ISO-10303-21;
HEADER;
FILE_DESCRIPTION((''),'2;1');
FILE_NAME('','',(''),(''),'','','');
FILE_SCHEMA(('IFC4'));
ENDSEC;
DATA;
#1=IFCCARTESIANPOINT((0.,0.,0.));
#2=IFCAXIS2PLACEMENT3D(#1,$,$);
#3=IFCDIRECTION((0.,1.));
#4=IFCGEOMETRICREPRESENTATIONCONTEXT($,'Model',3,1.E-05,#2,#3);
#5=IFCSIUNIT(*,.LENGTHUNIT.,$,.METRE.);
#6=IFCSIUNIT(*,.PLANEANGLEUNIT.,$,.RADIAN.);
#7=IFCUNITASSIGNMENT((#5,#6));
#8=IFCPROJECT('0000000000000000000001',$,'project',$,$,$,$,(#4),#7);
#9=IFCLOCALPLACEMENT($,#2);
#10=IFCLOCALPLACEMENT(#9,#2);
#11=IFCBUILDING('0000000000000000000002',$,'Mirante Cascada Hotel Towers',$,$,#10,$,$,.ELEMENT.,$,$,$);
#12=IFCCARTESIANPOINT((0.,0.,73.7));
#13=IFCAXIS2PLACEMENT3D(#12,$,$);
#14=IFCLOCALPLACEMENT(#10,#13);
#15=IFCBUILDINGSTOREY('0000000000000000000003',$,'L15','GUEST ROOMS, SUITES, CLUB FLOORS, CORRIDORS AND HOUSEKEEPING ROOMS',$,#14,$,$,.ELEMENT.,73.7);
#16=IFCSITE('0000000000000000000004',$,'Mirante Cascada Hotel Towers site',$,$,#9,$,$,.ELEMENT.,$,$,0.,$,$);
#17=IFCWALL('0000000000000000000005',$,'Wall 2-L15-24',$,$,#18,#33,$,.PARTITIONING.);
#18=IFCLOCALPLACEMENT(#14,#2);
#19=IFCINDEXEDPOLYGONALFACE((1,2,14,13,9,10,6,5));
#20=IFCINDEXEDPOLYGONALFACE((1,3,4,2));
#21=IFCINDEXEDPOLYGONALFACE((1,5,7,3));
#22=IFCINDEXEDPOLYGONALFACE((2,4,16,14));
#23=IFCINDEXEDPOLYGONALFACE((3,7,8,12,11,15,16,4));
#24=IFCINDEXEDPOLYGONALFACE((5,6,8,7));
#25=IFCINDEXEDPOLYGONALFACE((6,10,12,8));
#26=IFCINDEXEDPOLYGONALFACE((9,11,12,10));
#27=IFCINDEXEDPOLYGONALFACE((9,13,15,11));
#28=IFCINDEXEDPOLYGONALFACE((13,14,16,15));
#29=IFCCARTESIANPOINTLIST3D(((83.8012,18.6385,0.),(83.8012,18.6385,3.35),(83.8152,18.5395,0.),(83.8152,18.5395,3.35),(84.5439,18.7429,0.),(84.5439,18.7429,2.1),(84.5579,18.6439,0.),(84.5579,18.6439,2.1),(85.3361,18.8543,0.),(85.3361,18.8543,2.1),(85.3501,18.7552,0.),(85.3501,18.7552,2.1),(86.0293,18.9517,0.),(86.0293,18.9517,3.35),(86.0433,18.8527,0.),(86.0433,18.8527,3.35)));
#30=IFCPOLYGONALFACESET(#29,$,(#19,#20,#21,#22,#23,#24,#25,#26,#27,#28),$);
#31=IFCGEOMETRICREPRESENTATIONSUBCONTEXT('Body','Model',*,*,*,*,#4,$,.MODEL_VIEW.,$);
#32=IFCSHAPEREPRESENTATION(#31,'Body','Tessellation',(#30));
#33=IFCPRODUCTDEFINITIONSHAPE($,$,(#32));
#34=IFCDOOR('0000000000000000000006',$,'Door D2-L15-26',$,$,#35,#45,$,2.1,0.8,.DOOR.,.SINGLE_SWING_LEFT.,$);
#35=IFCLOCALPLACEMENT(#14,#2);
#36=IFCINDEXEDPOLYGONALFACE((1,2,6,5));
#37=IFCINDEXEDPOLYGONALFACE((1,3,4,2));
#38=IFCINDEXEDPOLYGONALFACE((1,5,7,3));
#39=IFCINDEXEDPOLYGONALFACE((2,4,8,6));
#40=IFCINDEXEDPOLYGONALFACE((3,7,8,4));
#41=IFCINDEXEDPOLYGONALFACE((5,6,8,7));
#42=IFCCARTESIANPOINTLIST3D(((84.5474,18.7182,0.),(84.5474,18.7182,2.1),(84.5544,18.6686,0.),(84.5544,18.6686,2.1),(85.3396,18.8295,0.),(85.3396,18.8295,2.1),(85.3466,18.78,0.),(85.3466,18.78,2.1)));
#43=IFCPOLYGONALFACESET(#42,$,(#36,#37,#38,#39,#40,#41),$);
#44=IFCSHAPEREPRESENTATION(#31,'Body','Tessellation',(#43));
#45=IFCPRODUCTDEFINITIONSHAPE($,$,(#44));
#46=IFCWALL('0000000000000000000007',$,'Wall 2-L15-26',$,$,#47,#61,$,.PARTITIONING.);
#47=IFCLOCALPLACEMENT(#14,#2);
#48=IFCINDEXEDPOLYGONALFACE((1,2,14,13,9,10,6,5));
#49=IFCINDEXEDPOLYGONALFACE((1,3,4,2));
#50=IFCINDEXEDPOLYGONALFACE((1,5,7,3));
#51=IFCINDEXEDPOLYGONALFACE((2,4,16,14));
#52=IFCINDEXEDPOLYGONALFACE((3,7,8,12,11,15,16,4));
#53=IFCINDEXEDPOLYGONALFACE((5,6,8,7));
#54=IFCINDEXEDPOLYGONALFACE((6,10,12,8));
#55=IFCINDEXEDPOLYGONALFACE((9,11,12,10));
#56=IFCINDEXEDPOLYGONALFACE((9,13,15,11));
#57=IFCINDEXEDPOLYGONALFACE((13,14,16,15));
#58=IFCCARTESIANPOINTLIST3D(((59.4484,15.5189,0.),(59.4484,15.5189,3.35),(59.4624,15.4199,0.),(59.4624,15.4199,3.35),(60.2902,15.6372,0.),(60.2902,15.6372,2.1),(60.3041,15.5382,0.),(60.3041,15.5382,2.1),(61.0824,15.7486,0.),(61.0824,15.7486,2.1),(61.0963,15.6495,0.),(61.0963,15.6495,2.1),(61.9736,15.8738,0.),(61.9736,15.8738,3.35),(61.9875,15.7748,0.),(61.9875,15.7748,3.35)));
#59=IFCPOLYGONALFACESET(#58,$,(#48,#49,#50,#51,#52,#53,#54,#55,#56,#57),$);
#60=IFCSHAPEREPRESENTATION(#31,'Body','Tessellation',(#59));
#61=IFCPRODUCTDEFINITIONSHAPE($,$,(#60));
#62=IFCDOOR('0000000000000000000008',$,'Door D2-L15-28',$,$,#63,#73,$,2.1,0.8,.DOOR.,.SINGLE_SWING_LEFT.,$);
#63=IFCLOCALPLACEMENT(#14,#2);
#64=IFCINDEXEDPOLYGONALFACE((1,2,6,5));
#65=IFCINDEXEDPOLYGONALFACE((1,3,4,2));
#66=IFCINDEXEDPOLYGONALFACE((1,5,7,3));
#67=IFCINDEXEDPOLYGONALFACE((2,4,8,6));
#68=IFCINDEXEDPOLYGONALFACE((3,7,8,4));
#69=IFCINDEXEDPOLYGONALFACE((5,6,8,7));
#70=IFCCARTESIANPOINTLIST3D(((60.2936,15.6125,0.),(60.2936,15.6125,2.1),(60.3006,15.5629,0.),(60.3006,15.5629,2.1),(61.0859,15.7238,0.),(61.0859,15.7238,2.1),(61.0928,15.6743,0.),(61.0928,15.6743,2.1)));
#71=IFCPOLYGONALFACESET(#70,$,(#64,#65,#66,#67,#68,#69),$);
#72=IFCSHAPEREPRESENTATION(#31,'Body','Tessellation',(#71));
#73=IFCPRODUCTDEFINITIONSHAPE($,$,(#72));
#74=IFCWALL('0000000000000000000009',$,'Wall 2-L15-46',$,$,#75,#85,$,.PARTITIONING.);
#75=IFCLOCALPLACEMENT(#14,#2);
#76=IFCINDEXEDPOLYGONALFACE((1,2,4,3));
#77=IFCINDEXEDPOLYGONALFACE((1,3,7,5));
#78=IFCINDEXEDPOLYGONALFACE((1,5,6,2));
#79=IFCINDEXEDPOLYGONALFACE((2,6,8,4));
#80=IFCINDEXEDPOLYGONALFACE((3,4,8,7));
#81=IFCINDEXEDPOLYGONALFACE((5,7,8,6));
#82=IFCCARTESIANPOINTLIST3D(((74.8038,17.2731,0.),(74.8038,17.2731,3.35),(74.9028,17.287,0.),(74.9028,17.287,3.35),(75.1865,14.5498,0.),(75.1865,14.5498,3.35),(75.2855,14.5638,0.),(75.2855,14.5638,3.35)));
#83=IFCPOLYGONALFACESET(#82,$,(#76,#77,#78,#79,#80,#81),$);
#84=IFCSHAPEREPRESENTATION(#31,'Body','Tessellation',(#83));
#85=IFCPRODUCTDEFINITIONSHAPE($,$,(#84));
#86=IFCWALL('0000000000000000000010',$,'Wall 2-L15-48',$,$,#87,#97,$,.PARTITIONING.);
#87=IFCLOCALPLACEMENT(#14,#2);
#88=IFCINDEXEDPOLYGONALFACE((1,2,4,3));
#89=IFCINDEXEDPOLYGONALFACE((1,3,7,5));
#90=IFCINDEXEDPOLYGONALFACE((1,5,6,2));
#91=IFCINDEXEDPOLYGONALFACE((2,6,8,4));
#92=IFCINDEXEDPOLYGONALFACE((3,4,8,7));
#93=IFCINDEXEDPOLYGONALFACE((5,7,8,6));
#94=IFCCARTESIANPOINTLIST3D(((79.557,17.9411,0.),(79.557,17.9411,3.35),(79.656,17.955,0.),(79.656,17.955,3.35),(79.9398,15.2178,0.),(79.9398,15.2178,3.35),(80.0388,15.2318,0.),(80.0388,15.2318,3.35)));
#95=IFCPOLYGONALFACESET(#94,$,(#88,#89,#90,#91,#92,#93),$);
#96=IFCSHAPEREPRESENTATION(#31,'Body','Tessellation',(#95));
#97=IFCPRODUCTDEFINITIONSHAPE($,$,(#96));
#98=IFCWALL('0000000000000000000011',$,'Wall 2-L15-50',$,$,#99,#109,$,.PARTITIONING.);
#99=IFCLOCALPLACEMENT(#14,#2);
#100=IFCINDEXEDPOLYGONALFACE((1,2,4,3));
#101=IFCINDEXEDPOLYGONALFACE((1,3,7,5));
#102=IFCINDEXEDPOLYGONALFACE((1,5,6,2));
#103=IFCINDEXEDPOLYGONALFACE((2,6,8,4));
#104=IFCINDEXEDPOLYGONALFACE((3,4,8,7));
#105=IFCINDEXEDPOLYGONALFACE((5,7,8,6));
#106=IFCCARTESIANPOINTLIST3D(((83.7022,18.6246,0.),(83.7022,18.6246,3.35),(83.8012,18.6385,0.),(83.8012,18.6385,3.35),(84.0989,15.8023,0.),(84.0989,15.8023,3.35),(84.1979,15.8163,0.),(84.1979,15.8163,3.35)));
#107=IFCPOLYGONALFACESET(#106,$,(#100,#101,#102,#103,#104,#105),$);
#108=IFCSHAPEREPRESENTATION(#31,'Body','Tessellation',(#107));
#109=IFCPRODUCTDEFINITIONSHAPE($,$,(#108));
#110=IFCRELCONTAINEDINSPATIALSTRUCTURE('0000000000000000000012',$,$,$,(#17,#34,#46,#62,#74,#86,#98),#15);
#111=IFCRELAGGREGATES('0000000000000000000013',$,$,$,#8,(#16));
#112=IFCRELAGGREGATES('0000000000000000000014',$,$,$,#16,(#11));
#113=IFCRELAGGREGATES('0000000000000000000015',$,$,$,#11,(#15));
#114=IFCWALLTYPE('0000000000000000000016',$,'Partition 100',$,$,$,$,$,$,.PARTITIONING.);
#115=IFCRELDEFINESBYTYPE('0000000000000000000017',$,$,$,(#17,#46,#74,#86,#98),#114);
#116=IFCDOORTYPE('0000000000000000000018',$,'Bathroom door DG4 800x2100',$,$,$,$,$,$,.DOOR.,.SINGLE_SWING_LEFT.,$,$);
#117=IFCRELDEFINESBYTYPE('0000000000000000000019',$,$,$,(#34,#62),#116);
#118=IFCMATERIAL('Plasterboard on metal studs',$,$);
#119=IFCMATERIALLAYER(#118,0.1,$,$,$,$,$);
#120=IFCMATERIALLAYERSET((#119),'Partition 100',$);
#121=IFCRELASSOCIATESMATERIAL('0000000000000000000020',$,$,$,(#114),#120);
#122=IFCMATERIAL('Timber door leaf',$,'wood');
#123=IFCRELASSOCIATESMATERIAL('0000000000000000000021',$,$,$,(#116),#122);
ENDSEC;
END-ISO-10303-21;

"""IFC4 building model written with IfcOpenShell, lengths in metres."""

from ifc_helpers import new_model, si_unit, direction, frame, frame_2d, origin, place, context, subcontext, project, spatial, rectangle, extrude, material, layer, layer_set, type_object, element, fill, save


model = new_model("IFC4")

# Units and contexts
model_context = context("Model", 3, precision=1e-05, world=origin(), true_north=direction((0.0, 1.0)))
body_context = subcontext(model_context, "Body", "Model", "MODEL_VIEW")
ifc_project = project(units=[si_unit("LENGTHUNIT", "METRE"), si_unit("PLANEANGLEUNIT", "RADIAN")], contexts=[model_context])

# Site, building, storey
site_placement = place(None, origin())
site = spatial("IfcSite", under=ifc_project, at=site_placement, Name="Mirante Cascada Hotel Towers site", CompositionType="ELEMENT", RefElevation=0.0)
building_placement = place(site_placement, origin())
building = spatial("IfcBuilding", under=site, at=building_placement, Name="Mirante Cascada Hotel Towers", CompositionType="ELEMENT")
storey_placement = place(building_placement, frame((0.0, 0.0, 73.7)))
storey = spatial("IfcBuildingStorey", under=building, at=storey_placement, Name="L15", Description="GUEST ROOMS, SUITES, CLUB FLOORS, CORRIDORS AND HOUSEKEEPING ROOMS", CompositionType="ELEMENT", Elevation=73.7)

# Shared definitions
ifc_material_1 = material(Name="Plasterboard on metal studs")
ifc_layer_1 = layer(ifc_material_1, 0.1)
ifc_layer_set_1 = layer_set([ifc_layer_1], Name="Partition 100")
wall_type_1 = type_object("IfcWallType", Name="Partition 100", PredefinedType="PARTITIONING", material=ifc_layer_set_1)
ifc_material_2 = material(Name="Timber door leaf", Category="wood")
door_type = type_object("IfcDoorType", Name="Bathroom door DG4 800x2100", OperationType="SINGLE_SWING_LEFT", PredefinedType="DOOR", material=ifc_material_2)

# Walls, openings, doors
wall_1_placement = place(storey_placement, frame((83.8082, 18.589, 0.0), z_axis=(0.0, 0.0, 1.0), x_axis=(0.990264, 0.1392, 0.0)))
wall_1 = element("IfcWall", 1, at=wall_1_placement, inside=storey, type_object=wall_type_1, Name="Wall 2-L15-24", PredefinedType="PARTITIONING", context=body_context, shape_type="SweptSolid", body=[
    extrude(rectangle(XDim=2.25, YDim=0.1, at=frame_2d((1.125, 0.0))), origin(), (0.0, 0.0, 1.0), 3.35),
])
opening_1_placement = place(wall_1_placement, frame((0.75, 0.0, 0.0)))
opening_1 = element("IfcOpeningElement", 2, at=opening_1_placement, cuts=wall_1, PredefinedType="OPENING", context=body_context, shape_type="SweptSolid", body=[
    extrude(rectangle(XDim=0.8, YDim=2.1, at=frame_2d((0.4, 1.05))), frame((0.0, 0.05, 0.0), z_axis=(0.0, -1.0, 0.0), x_axis=(1.0, 0.0, 0.0)), (0.0, 0.0, 1.0), 0.1),
])
door_1_placement = place(opening_1_placement, origin())
door_1 = element("IfcDoor", 3, at=door_1_placement, inside=storey, type_object=door_type, Name="Door D2-L15-26", OperationType="SINGLE_SWING_LEFT", OverallHeight=2.1, OverallWidth=0.8, PredefinedType="DOOR", context=body_context, shape_type="SweptSolid", body=[
    extrude(rectangle(XDim=0.8, YDim=2.1, at=frame_2d((0.4, 1.05))), frame((0.0, 0.025, 0.0), z_axis=(0.0, -1.0, 0.0), x_axis=(1.0, 0.0, 0.0)), (0.0, 0.0, 1.0), 0.05),
])
fill(opening_1, door_1)
wall_2_placement = place(storey_placement, frame((59.4554, 15.4694, 0.0), z_axis=(0.0, 0.0, 1.0), x_axis=(0.990268, 0.139176, 0.0)))
wall_2 = element("IfcWall", 4, at=wall_2_placement, inside=storey, type_object=wall_type_1, Name="Wall 2-L15-26", PredefinedType="PARTITIONING", context=body_context, shape_type="SweptSolid", body=[
    extrude(rectangle(XDim=2.55, YDim=0.1, at=frame_2d((1.275, 0.0))), origin(), (0.0, 0.0, 1.0), 3.35),
])
opening_2_placement = place(wall_2_placement, frame((0.85, 0.0, 0.0)))
opening_2 = element("IfcOpeningElement", 5, at=opening_2_placement, cuts=wall_2, PredefinedType="OPENING", context=body_context, shape_type="SweptSolid", body=[
    extrude(rectangle(XDim=0.8, YDim=2.1, at=frame_2d((0.4, 1.05))), frame((0.0, 0.05, 0.0), z_axis=(0.0, -1.0, 0.0), x_axis=(1.0, 0.0, 0.0)), (0.0, 0.0, 1.0), 0.1),
])
door_2_placement = place(opening_2_placement, origin())
door_2 = element("IfcDoor", 6, at=door_2_placement, inside=storey, type_object=door_type, Name="Door D2-L15-28", OperationType="SINGLE_SWING_LEFT", OverallHeight=2.1, OverallWidth=0.8, PredefinedType="DOOR", context=body_context, shape_type="SweptSolid", body=[
    extrude(rectangle(XDim=0.8, YDim=2.1, at=frame_2d((0.4, 1.05))), frame((0.0, 0.025, 0.0), z_axis=(0.0, -1.0, 0.0), x_axis=(1.0, 0.0, 0.0)), (0.0, 0.0, 1.0), 0.05),
])
fill(opening_2, door_2)

# Walls
for number, where, z_axis, x_axis, name in (
    (7, (75.236, 14.5568, 0.0), (0.0, 0.0, 1.0), (-0.139166, 0.990269, 0.0), "Wall 2-L15-46"),
    (8, (79.9893, 15.2248, 0.0), (0.0, 0.0, 1.0), (-0.139201, 0.990264, 0.0), "Wall 2-L15-48"),
):
    element("IfcWall", number, at=place(storey_placement, frame(where, z_axis=z_axis, x_axis=x_axis)), inside=storey, type_object=wall_type_1, Name=name, PredefinedType="PARTITIONING", context=body_context, shape_type="SweptSolid", body=[
        extrude(rectangle(XDim=2.75, YDim=0.1, at=frame_2d((1.375, 0.0))), origin(), (0.0, 0.0, 1.0), 3.35),
    ])
wall_3_placement = place(storey_placement, frame((84.1484, 15.8093, 0.0), z_axis=(0.0, 0.0, 1.0), x_axis=(-0.139191, 0.990266, 0.0)))
element("IfcWall", 9, at=wall_3_placement, inside=storey, type_object=wall_type_1, Name="Wall 2-L15-50", PredefinedType="PARTITIONING", context=body_context, shape_type="SweptSolid", body=[
    extrude(rectangle(XDim=2.85, YDim=0.1, at=frame_2d((1.425, 0.0))), origin(), (0.0, 0.0, 1.0), 3.35),
])

save(model, "model.ifc")
